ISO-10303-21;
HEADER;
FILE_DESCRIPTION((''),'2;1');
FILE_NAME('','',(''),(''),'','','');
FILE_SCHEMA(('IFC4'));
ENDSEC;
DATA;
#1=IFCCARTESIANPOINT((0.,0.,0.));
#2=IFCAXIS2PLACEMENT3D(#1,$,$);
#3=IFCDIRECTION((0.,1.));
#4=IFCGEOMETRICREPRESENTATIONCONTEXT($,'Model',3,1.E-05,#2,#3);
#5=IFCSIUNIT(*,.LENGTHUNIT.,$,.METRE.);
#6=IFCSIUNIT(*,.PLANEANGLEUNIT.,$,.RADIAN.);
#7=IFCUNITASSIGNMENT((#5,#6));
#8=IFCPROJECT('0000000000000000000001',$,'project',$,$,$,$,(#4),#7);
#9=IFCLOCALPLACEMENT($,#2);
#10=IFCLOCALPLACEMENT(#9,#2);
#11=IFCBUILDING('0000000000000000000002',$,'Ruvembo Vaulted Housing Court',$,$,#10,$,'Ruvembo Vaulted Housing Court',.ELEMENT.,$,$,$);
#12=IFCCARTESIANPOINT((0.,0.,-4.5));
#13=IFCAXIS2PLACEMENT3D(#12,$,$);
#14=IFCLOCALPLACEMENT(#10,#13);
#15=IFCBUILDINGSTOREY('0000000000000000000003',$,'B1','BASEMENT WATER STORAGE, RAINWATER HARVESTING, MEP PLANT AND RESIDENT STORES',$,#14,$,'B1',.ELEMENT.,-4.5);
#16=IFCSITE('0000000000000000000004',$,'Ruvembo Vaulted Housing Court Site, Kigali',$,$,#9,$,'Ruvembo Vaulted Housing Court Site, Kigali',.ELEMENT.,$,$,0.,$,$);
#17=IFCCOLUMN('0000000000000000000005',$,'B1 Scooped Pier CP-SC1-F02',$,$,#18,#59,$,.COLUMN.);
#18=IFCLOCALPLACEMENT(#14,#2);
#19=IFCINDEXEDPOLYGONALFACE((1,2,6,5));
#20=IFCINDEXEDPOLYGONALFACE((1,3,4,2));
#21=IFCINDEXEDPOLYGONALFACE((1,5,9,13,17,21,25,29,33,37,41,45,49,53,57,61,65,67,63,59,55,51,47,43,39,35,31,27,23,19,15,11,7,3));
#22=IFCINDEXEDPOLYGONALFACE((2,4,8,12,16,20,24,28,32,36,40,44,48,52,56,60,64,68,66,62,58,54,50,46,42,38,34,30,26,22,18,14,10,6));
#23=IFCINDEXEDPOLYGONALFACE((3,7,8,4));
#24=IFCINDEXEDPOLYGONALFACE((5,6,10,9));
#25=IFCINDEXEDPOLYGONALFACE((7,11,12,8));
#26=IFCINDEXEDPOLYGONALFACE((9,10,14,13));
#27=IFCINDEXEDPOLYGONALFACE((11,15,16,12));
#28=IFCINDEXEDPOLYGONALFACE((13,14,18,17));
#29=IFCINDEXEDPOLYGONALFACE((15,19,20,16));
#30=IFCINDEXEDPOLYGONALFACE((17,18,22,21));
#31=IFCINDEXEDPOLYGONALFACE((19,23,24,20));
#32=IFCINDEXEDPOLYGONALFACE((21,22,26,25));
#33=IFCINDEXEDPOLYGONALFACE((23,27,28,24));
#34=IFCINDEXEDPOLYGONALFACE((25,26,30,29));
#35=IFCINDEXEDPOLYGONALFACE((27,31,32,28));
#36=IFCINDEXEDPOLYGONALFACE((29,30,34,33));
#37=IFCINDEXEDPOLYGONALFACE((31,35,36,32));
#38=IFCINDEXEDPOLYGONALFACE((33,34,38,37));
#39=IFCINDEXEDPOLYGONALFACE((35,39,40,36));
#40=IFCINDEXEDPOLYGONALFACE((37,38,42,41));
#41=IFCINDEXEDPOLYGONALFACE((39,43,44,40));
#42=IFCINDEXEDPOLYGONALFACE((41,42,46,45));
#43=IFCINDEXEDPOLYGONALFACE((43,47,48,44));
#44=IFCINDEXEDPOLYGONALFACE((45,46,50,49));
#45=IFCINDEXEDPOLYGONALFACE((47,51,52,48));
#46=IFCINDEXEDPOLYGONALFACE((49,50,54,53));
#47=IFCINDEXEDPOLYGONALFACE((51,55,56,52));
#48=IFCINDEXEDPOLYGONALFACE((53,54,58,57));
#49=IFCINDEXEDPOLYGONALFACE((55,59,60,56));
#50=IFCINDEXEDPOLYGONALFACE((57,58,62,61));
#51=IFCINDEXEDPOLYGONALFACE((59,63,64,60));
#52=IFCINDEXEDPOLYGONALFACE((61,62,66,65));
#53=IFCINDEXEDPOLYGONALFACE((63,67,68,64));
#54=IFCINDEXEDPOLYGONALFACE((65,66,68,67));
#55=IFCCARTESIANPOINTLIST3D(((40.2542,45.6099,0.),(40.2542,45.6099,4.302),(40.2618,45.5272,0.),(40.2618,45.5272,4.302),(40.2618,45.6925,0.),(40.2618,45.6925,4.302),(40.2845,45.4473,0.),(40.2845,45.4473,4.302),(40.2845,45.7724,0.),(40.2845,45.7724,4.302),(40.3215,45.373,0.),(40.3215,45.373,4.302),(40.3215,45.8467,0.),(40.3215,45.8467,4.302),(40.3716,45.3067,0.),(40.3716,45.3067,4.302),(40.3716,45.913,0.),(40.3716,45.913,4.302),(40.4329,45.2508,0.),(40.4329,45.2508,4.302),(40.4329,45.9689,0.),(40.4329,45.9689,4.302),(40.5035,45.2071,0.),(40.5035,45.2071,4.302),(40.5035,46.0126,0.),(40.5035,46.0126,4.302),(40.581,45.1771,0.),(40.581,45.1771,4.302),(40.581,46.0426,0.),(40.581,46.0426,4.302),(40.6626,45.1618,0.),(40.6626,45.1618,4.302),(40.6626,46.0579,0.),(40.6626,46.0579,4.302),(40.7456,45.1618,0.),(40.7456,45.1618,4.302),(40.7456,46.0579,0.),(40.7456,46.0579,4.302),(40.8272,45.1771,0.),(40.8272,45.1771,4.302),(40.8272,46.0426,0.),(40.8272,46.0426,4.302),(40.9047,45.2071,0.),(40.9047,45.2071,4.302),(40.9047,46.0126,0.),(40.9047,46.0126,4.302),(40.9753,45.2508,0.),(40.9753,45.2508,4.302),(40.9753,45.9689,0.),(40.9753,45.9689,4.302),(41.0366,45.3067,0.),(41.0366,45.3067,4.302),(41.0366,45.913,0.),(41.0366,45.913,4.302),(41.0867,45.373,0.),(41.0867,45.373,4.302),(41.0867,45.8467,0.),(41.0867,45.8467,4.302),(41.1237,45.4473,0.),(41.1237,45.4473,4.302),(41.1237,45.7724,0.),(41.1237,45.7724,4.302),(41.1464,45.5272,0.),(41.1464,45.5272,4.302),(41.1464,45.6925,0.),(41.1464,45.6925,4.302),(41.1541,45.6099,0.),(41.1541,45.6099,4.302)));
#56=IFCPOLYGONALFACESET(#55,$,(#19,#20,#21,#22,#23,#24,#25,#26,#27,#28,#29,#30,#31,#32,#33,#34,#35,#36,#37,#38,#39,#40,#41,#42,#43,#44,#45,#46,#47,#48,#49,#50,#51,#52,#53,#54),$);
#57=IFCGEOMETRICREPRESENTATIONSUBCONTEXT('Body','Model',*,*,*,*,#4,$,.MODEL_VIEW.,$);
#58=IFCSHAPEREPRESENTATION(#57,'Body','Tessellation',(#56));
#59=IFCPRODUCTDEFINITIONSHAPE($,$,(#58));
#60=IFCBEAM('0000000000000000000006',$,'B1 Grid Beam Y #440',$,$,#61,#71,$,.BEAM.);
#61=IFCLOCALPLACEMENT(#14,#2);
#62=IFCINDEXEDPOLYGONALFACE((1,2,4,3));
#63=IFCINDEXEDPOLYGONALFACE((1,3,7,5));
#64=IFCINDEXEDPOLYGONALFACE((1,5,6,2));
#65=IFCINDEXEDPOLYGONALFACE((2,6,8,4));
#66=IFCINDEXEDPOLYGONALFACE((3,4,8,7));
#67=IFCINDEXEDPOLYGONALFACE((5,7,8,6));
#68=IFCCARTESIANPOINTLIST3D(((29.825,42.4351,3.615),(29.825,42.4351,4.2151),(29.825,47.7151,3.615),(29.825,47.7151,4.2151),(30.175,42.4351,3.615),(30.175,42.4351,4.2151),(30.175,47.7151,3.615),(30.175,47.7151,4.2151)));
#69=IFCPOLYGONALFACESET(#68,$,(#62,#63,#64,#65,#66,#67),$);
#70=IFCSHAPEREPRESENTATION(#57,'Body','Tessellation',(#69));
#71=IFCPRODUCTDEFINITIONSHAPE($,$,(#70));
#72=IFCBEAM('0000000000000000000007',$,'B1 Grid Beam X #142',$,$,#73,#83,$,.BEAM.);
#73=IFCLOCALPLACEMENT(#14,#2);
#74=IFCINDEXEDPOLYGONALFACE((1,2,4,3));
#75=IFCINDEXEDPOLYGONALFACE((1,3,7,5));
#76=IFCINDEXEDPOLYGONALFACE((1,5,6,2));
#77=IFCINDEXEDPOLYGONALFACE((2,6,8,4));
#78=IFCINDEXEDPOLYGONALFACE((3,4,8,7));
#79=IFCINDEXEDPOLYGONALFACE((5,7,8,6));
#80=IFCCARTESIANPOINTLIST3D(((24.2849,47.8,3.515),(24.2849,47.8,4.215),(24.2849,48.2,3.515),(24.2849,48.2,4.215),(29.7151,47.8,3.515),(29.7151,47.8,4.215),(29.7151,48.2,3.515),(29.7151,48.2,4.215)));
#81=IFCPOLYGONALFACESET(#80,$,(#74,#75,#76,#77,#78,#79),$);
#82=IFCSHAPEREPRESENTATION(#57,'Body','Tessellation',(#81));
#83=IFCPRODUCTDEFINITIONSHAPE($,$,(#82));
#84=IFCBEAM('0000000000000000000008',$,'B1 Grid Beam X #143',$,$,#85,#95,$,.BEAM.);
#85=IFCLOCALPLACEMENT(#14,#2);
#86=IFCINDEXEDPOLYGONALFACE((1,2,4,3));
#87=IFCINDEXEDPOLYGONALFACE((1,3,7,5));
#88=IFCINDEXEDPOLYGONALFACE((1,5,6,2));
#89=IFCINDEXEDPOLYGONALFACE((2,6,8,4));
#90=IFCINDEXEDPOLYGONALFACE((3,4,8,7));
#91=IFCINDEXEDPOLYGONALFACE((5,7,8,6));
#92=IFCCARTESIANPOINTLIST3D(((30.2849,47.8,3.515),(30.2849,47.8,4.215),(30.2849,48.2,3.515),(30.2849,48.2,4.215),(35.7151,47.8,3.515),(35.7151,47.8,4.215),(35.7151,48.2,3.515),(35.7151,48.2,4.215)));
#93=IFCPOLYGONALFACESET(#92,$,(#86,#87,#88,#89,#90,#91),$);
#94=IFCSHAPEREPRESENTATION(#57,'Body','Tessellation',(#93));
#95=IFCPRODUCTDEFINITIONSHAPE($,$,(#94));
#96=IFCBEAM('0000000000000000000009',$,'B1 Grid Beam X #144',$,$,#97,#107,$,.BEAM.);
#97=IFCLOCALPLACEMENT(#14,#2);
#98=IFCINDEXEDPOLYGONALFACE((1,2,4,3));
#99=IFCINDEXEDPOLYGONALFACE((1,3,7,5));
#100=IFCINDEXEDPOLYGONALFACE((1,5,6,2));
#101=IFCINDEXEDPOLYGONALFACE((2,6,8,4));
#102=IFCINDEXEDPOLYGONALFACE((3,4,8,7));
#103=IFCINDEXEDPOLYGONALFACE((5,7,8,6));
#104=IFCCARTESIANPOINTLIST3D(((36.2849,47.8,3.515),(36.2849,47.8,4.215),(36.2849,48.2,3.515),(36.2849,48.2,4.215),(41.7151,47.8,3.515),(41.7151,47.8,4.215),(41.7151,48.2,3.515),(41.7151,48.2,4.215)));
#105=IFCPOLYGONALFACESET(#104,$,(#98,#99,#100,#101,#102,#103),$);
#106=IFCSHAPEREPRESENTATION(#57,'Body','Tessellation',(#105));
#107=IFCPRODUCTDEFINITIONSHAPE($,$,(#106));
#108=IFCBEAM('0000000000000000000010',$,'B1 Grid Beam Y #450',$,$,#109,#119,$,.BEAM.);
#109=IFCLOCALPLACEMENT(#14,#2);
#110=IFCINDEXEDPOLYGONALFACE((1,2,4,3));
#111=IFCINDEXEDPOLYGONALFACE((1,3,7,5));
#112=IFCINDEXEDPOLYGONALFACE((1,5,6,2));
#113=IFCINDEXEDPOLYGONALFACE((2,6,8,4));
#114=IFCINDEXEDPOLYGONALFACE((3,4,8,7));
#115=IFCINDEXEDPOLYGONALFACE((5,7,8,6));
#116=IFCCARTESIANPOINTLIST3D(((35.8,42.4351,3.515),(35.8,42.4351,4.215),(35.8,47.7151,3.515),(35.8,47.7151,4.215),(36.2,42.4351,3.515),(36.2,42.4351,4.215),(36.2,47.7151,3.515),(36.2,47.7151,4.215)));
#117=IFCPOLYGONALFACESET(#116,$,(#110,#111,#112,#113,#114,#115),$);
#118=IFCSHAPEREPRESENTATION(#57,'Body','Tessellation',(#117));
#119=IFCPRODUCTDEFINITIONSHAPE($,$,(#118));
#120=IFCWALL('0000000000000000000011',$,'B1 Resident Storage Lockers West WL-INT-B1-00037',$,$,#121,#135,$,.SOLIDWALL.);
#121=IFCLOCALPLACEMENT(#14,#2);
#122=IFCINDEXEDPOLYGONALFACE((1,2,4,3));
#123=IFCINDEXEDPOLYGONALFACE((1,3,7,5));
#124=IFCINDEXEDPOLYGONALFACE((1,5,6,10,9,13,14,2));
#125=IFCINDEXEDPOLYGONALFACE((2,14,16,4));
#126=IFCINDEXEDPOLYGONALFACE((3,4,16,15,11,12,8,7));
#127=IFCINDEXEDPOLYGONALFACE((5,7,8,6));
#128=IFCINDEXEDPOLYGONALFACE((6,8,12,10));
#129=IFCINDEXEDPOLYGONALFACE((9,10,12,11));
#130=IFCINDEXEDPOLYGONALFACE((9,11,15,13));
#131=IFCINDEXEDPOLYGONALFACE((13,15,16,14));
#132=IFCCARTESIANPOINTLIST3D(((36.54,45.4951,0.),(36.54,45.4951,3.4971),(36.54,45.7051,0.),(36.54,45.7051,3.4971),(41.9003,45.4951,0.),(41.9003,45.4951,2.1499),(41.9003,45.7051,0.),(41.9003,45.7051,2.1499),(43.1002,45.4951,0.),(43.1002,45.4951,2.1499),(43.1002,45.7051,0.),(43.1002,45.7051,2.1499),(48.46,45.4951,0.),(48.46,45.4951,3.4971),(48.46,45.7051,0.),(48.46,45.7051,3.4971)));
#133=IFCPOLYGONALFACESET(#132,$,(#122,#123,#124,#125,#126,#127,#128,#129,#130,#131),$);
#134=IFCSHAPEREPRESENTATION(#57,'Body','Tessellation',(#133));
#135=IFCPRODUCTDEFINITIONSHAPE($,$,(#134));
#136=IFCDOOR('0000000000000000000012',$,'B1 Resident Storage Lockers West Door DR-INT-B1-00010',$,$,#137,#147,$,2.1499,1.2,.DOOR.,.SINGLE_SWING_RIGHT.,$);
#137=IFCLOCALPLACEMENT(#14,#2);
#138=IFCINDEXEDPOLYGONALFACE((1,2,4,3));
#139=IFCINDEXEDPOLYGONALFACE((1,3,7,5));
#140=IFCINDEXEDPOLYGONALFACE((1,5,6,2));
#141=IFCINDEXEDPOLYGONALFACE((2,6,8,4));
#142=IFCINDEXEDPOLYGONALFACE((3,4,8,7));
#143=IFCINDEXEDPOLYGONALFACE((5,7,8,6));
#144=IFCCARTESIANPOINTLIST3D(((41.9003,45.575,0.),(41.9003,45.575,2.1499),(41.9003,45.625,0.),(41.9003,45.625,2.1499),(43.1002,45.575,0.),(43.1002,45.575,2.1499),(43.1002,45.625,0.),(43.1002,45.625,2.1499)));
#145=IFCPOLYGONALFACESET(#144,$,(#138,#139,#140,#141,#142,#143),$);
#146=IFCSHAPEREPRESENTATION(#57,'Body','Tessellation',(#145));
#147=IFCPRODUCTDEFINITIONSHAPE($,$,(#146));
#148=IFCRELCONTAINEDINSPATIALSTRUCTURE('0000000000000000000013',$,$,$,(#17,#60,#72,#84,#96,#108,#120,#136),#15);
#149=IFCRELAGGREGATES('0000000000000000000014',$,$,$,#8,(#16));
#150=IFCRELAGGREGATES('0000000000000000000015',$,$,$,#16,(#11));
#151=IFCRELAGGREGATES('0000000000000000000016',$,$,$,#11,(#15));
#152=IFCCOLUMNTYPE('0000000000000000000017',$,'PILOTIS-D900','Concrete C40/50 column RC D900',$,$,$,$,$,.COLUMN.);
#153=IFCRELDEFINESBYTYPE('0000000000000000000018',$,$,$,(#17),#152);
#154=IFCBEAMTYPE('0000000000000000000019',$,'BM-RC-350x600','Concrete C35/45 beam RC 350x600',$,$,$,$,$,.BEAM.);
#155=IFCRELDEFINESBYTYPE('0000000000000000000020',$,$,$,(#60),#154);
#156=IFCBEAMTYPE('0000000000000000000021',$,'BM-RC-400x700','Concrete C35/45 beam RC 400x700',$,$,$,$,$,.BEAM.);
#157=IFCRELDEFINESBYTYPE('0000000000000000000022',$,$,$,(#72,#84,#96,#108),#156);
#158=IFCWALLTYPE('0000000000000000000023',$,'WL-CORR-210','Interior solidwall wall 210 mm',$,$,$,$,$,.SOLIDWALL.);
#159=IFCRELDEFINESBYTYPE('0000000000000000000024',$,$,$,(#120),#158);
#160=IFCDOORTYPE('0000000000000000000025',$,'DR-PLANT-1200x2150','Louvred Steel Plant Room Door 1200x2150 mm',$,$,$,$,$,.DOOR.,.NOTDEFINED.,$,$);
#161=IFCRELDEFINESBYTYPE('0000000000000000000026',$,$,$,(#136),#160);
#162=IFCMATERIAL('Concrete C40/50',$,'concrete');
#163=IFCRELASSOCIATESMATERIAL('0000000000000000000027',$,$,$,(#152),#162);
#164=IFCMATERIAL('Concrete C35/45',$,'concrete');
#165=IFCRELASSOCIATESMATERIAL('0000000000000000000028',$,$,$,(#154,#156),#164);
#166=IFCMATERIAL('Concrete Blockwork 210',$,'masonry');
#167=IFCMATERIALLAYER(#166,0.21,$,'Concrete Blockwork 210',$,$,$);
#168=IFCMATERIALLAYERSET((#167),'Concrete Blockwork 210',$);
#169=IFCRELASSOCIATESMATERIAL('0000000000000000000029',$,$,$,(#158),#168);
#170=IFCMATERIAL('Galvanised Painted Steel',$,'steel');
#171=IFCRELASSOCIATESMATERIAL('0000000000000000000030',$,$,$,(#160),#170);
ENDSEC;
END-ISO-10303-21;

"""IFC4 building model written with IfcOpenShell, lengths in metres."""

from ifc_helpers import new_model, si_unit, direction, frame, frame_2d, origin, origin_2d, place, context, subcontext, project, spatial, rectangle, circle, extrude, material, layer, layer_set, material_profile, profile_set, type_object, element, fill, save


model = new_model("IFC4")

# Units and contexts
model_context = context("Model", 3, precision=1e-05, world=origin(), true_north=direction((0.0, 1.0)))
body_context = subcontext(model_context, "Body", "Model", "MODEL_VIEW")
ifc_project = project(units=[si_unit("LENGTHUNIT", "METRE"), si_unit("PLANEANGLEUNIT", "RADIAN")], contexts=[model_context])

# Site, building, storey
site_placement = place(None, origin())
site = spatial("IfcSite", under=ifc_project, at=site_placement, Name="Ruvembo Vaulted Housing Court Site, Kigali", LongName="Ruvembo Vaulted Housing Court Site, Kigali", CompositionType="ELEMENT", RefElevation=0.0)
building_placement = place(site_placement, origin())
building = spatial("IfcBuilding", under=site, at=building_placement, Name="Ruvembo Vaulted Housing Court", LongName="Ruvembo Vaulted Housing Court", CompositionType="ELEMENT")
storey_placement = place(building_placement, frame((0.0, 0.0, -4.5)))
storey = spatial("IfcBuildingStorey", under=building, at=storey_placement, Name="B1", Description="BASEMENT WATER STORAGE, RAINWATER HARVESTING, MEP PLANT AND RESIDENT STORES", LongName="B1", CompositionType="ELEMENT", Elevation=-4.5)

# Shared definitions
ifc_material_1 = material(Name="Concrete C35/45", Category="concrete")

# Column
ifc_material_2 = material(Name="Concrete C40/50", Category="concrete")
ifc_material_profile_1 = material_profile(ifc_material_2, circle(Radius=0.45, at=origin_2d()), Name="RC D900")
ifc_profile_set_1 = profile_set([ifc_material_profile_1], Name="Concrete C40/50")
column_type_1 = type_object("IfcColumnType", Name="PILOTIS-D900", Description="Concrete C40/50 column RC D900", PredefinedType="COLUMN", material=ifc_profile_set_1)
column_placement = place(storey_placement, frame((40.7041, 45.6099, 0.0), z_axis=(0.0, 0.0, 1.0), x_axis=(1.0, 0.0, 0.0)))
element("IfcColumn", 1, at=column_placement, inside=storey, type_object=column_type_1, Name="B1 Scooped Pier CP-SC1-F02", PredefinedType="COLUMN", context=body_context, shape_type="SweptSolid", body=[
    extrude(circle(Radius=0.45, at=origin_2d()), origin(), (0.0, 0.0, 1.0), 4.302),
])

# Beams
ifc_material_profile_2 = material_profile(ifc_material_1, rectangle(XDim=0.3501, YDim=0.6001, at=origin_2d()), Name="RC 350x600")
ifc_profile_set_2 = profile_set([ifc_material_profile_2], Name="Concrete C35/45")
beam_type_1 = type_object("IfcBeamType", Name="BM-RC-350x600", Description="Concrete C35/45 beam RC 350x600", PredefinedType="BEAM", material=ifc_profile_set_2)
beam_1_placement = place(storey_placement, frame((30.0, 42.4351, 3.915), z_axis=(0.0, 1.0, 0.0), x_axis=(-1.0, 0.0, 0.0)))
element("IfcBeam", 2, at=beam_1_placement, inside=storey, type_object=beam_type_1, Name="B1 Grid Beam Y #440", PredefinedType="BEAM", context=body_context, shape_type="SweptSolid", body=[
    extrude(rectangle(XDim=0.3501, YDim=0.6001, at=origin_2d()), origin(), (0.0, 0.0, 1.0), 5.28),
])
ifc_material_profile_3 = material_profile(ifc_material_1, rectangle(XDim=0.3999, YDim=0.7, at=origin_2d()), Name="RC 400x700")
ifc_profile_set_3 = profile_set([ifc_material_profile_3], Name="Concrete C35/45")
beam_type_2 = type_object("IfcBeamType", Name="BM-RC-400x700", Description="Concrete C35/45 beam RC 400x700", PredefinedType="BEAM", material=ifc_profile_set_3)
for number, where, z_axis, x_axis, name in (
    (3, (24.2849, 48.0, 3.865), (1.0, 0.0, 0.0), (0.0, 1.0, 0.0), "B1 Grid Beam X #142"),
    (4, (30.2849, 48.0, 3.865), (1.0, 0.0, 0.0), (0.0, 1.0, 0.0), "B1 Grid Beam X #143"),
    (5, (36.2849, 48.0, 3.865), (1.0, 0.0, 0.0), (0.0, 1.0, 0.0), "B1 Grid Beam X #144"),
):
    element("IfcBeam", number, at=place(storey_placement, frame(where, z_axis=z_axis, x_axis=x_axis)), inside=storey, type_object=beam_type_2, Name=name, PredefinedType="BEAM", context=body_context, shape_type="SweptSolid", body=[
        extrude(rectangle(XDim=0.3999, YDim=0.7, at=origin_2d()), origin(), (0.0, 0.0, 1.0), 5.4302),
    ])
beam_2_placement = place(storey_placement, frame((36.0, 42.4351, 3.865), z_axis=(0.0, 1.0, 0.0), x_axis=(-1.0, 0.0, 0.0)))
element("IfcBeam", 6, at=beam_2_placement, inside=storey, type_object=beam_type_2, Name="B1 Grid Beam Y #450", PredefinedType="BEAM", context=body_context, shape_type="SweptSolid", body=[
    extrude(rectangle(XDim=0.3999, YDim=0.7, at=origin_2d()), origin(), (0.0, 0.0, 1.0), 5.28),
])

# Wall, opening, door
ifc_material_3 = material(Name="Concrete Blockwork 210", Category="masonry")
ifc_layer = layer(ifc_material_3, 0.21, Name="Concrete Blockwork 210")
ifc_layer_set = layer_set([ifc_layer], Name="Concrete Blockwork 210")
wall_type = type_object("IfcWallType", Name="WL-CORR-210", Description="Interior solidwall wall 210 mm", PredefinedType="SOLIDWALL", material=ifc_layer_set)
wall_placement = place(storey_placement, frame((36.54, 45.6001, 0.0), z_axis=(0.0, 0.0, 1.0), x_axis=(1.0, 0.0, 0.0)))
wall = element("IfcWall", 7, at=wall_placement, inside=storey, type_object=wall_type, Name="B1 Resident Storage Lockers West WL-INT-B1-00037", PredefinedType="SOLIDWALL", context=body_context, shape_type="SweptSolid", body=[
    extrude(rectangle(XDim=11.9199, YDim=0.21, at=frame_2d((5.96, 0.0))), origin(), (0.0, 0.0, 1.0), 3.4971),
])
opening_placement = place(wall_placement, frame((5.3601, 0.0, 0.0)))
opening = element("IfcOpeningElement", 8, at=opening_placement, cuts=wall, PredefinedType="OPENING", context=body_context, shape_type="SweptSolid", body=[
    extrude(rectangle(XDim=1.2, YDim=2.1499, at=frame_2d((0.6001, 1.075))), frame((0.0, 0.115, 0.0), z_axis=(0.0, -1.0, 0.0), x_axis=(1.0, 0.0, 0.0)), (0.0, 0.0, 1.0), 0.23),
])
ifc_material_4 = material(Name="Galvanised Painted Steel", Category="steel")
door_type = type_object("IfcDoorType", Name="DR-PLANT-1200x2150", Description="Louvred Steel Plant Room Door 1200x2150 mm", OperationType="NOTDEFINED", PredefinedType="DOOR", material=ifc_material_4)
door_placement = place(opening_placement, origin())
door = element("IfcDoor", 9, at=door_placement, inside=storey, type_object=door_type, Name="B1 Resident Storage Lockers West Door DR-INT-B1-00010", OperationType="SINGLE_SWING_RIGHT", OverallHeight=2.1499, OverallWidth=1.2, PredefinedType="DOOR", context=body_context, shape_type="SweptSolid", body=[
    extrude(rectangle(XDim=1.2, YDim=2.1499, at=frame_2d((0.6001, 1.075))), frame((0.0, 0.0249, 0.0), z_axis=(0.0, -1.0, 0.0), x_axis=(1.0, 0.0, 0.0)), (0.0, 0.0, 1.0), 0.05),
])
fill(opening, door)

save(model, "model.ifc")
